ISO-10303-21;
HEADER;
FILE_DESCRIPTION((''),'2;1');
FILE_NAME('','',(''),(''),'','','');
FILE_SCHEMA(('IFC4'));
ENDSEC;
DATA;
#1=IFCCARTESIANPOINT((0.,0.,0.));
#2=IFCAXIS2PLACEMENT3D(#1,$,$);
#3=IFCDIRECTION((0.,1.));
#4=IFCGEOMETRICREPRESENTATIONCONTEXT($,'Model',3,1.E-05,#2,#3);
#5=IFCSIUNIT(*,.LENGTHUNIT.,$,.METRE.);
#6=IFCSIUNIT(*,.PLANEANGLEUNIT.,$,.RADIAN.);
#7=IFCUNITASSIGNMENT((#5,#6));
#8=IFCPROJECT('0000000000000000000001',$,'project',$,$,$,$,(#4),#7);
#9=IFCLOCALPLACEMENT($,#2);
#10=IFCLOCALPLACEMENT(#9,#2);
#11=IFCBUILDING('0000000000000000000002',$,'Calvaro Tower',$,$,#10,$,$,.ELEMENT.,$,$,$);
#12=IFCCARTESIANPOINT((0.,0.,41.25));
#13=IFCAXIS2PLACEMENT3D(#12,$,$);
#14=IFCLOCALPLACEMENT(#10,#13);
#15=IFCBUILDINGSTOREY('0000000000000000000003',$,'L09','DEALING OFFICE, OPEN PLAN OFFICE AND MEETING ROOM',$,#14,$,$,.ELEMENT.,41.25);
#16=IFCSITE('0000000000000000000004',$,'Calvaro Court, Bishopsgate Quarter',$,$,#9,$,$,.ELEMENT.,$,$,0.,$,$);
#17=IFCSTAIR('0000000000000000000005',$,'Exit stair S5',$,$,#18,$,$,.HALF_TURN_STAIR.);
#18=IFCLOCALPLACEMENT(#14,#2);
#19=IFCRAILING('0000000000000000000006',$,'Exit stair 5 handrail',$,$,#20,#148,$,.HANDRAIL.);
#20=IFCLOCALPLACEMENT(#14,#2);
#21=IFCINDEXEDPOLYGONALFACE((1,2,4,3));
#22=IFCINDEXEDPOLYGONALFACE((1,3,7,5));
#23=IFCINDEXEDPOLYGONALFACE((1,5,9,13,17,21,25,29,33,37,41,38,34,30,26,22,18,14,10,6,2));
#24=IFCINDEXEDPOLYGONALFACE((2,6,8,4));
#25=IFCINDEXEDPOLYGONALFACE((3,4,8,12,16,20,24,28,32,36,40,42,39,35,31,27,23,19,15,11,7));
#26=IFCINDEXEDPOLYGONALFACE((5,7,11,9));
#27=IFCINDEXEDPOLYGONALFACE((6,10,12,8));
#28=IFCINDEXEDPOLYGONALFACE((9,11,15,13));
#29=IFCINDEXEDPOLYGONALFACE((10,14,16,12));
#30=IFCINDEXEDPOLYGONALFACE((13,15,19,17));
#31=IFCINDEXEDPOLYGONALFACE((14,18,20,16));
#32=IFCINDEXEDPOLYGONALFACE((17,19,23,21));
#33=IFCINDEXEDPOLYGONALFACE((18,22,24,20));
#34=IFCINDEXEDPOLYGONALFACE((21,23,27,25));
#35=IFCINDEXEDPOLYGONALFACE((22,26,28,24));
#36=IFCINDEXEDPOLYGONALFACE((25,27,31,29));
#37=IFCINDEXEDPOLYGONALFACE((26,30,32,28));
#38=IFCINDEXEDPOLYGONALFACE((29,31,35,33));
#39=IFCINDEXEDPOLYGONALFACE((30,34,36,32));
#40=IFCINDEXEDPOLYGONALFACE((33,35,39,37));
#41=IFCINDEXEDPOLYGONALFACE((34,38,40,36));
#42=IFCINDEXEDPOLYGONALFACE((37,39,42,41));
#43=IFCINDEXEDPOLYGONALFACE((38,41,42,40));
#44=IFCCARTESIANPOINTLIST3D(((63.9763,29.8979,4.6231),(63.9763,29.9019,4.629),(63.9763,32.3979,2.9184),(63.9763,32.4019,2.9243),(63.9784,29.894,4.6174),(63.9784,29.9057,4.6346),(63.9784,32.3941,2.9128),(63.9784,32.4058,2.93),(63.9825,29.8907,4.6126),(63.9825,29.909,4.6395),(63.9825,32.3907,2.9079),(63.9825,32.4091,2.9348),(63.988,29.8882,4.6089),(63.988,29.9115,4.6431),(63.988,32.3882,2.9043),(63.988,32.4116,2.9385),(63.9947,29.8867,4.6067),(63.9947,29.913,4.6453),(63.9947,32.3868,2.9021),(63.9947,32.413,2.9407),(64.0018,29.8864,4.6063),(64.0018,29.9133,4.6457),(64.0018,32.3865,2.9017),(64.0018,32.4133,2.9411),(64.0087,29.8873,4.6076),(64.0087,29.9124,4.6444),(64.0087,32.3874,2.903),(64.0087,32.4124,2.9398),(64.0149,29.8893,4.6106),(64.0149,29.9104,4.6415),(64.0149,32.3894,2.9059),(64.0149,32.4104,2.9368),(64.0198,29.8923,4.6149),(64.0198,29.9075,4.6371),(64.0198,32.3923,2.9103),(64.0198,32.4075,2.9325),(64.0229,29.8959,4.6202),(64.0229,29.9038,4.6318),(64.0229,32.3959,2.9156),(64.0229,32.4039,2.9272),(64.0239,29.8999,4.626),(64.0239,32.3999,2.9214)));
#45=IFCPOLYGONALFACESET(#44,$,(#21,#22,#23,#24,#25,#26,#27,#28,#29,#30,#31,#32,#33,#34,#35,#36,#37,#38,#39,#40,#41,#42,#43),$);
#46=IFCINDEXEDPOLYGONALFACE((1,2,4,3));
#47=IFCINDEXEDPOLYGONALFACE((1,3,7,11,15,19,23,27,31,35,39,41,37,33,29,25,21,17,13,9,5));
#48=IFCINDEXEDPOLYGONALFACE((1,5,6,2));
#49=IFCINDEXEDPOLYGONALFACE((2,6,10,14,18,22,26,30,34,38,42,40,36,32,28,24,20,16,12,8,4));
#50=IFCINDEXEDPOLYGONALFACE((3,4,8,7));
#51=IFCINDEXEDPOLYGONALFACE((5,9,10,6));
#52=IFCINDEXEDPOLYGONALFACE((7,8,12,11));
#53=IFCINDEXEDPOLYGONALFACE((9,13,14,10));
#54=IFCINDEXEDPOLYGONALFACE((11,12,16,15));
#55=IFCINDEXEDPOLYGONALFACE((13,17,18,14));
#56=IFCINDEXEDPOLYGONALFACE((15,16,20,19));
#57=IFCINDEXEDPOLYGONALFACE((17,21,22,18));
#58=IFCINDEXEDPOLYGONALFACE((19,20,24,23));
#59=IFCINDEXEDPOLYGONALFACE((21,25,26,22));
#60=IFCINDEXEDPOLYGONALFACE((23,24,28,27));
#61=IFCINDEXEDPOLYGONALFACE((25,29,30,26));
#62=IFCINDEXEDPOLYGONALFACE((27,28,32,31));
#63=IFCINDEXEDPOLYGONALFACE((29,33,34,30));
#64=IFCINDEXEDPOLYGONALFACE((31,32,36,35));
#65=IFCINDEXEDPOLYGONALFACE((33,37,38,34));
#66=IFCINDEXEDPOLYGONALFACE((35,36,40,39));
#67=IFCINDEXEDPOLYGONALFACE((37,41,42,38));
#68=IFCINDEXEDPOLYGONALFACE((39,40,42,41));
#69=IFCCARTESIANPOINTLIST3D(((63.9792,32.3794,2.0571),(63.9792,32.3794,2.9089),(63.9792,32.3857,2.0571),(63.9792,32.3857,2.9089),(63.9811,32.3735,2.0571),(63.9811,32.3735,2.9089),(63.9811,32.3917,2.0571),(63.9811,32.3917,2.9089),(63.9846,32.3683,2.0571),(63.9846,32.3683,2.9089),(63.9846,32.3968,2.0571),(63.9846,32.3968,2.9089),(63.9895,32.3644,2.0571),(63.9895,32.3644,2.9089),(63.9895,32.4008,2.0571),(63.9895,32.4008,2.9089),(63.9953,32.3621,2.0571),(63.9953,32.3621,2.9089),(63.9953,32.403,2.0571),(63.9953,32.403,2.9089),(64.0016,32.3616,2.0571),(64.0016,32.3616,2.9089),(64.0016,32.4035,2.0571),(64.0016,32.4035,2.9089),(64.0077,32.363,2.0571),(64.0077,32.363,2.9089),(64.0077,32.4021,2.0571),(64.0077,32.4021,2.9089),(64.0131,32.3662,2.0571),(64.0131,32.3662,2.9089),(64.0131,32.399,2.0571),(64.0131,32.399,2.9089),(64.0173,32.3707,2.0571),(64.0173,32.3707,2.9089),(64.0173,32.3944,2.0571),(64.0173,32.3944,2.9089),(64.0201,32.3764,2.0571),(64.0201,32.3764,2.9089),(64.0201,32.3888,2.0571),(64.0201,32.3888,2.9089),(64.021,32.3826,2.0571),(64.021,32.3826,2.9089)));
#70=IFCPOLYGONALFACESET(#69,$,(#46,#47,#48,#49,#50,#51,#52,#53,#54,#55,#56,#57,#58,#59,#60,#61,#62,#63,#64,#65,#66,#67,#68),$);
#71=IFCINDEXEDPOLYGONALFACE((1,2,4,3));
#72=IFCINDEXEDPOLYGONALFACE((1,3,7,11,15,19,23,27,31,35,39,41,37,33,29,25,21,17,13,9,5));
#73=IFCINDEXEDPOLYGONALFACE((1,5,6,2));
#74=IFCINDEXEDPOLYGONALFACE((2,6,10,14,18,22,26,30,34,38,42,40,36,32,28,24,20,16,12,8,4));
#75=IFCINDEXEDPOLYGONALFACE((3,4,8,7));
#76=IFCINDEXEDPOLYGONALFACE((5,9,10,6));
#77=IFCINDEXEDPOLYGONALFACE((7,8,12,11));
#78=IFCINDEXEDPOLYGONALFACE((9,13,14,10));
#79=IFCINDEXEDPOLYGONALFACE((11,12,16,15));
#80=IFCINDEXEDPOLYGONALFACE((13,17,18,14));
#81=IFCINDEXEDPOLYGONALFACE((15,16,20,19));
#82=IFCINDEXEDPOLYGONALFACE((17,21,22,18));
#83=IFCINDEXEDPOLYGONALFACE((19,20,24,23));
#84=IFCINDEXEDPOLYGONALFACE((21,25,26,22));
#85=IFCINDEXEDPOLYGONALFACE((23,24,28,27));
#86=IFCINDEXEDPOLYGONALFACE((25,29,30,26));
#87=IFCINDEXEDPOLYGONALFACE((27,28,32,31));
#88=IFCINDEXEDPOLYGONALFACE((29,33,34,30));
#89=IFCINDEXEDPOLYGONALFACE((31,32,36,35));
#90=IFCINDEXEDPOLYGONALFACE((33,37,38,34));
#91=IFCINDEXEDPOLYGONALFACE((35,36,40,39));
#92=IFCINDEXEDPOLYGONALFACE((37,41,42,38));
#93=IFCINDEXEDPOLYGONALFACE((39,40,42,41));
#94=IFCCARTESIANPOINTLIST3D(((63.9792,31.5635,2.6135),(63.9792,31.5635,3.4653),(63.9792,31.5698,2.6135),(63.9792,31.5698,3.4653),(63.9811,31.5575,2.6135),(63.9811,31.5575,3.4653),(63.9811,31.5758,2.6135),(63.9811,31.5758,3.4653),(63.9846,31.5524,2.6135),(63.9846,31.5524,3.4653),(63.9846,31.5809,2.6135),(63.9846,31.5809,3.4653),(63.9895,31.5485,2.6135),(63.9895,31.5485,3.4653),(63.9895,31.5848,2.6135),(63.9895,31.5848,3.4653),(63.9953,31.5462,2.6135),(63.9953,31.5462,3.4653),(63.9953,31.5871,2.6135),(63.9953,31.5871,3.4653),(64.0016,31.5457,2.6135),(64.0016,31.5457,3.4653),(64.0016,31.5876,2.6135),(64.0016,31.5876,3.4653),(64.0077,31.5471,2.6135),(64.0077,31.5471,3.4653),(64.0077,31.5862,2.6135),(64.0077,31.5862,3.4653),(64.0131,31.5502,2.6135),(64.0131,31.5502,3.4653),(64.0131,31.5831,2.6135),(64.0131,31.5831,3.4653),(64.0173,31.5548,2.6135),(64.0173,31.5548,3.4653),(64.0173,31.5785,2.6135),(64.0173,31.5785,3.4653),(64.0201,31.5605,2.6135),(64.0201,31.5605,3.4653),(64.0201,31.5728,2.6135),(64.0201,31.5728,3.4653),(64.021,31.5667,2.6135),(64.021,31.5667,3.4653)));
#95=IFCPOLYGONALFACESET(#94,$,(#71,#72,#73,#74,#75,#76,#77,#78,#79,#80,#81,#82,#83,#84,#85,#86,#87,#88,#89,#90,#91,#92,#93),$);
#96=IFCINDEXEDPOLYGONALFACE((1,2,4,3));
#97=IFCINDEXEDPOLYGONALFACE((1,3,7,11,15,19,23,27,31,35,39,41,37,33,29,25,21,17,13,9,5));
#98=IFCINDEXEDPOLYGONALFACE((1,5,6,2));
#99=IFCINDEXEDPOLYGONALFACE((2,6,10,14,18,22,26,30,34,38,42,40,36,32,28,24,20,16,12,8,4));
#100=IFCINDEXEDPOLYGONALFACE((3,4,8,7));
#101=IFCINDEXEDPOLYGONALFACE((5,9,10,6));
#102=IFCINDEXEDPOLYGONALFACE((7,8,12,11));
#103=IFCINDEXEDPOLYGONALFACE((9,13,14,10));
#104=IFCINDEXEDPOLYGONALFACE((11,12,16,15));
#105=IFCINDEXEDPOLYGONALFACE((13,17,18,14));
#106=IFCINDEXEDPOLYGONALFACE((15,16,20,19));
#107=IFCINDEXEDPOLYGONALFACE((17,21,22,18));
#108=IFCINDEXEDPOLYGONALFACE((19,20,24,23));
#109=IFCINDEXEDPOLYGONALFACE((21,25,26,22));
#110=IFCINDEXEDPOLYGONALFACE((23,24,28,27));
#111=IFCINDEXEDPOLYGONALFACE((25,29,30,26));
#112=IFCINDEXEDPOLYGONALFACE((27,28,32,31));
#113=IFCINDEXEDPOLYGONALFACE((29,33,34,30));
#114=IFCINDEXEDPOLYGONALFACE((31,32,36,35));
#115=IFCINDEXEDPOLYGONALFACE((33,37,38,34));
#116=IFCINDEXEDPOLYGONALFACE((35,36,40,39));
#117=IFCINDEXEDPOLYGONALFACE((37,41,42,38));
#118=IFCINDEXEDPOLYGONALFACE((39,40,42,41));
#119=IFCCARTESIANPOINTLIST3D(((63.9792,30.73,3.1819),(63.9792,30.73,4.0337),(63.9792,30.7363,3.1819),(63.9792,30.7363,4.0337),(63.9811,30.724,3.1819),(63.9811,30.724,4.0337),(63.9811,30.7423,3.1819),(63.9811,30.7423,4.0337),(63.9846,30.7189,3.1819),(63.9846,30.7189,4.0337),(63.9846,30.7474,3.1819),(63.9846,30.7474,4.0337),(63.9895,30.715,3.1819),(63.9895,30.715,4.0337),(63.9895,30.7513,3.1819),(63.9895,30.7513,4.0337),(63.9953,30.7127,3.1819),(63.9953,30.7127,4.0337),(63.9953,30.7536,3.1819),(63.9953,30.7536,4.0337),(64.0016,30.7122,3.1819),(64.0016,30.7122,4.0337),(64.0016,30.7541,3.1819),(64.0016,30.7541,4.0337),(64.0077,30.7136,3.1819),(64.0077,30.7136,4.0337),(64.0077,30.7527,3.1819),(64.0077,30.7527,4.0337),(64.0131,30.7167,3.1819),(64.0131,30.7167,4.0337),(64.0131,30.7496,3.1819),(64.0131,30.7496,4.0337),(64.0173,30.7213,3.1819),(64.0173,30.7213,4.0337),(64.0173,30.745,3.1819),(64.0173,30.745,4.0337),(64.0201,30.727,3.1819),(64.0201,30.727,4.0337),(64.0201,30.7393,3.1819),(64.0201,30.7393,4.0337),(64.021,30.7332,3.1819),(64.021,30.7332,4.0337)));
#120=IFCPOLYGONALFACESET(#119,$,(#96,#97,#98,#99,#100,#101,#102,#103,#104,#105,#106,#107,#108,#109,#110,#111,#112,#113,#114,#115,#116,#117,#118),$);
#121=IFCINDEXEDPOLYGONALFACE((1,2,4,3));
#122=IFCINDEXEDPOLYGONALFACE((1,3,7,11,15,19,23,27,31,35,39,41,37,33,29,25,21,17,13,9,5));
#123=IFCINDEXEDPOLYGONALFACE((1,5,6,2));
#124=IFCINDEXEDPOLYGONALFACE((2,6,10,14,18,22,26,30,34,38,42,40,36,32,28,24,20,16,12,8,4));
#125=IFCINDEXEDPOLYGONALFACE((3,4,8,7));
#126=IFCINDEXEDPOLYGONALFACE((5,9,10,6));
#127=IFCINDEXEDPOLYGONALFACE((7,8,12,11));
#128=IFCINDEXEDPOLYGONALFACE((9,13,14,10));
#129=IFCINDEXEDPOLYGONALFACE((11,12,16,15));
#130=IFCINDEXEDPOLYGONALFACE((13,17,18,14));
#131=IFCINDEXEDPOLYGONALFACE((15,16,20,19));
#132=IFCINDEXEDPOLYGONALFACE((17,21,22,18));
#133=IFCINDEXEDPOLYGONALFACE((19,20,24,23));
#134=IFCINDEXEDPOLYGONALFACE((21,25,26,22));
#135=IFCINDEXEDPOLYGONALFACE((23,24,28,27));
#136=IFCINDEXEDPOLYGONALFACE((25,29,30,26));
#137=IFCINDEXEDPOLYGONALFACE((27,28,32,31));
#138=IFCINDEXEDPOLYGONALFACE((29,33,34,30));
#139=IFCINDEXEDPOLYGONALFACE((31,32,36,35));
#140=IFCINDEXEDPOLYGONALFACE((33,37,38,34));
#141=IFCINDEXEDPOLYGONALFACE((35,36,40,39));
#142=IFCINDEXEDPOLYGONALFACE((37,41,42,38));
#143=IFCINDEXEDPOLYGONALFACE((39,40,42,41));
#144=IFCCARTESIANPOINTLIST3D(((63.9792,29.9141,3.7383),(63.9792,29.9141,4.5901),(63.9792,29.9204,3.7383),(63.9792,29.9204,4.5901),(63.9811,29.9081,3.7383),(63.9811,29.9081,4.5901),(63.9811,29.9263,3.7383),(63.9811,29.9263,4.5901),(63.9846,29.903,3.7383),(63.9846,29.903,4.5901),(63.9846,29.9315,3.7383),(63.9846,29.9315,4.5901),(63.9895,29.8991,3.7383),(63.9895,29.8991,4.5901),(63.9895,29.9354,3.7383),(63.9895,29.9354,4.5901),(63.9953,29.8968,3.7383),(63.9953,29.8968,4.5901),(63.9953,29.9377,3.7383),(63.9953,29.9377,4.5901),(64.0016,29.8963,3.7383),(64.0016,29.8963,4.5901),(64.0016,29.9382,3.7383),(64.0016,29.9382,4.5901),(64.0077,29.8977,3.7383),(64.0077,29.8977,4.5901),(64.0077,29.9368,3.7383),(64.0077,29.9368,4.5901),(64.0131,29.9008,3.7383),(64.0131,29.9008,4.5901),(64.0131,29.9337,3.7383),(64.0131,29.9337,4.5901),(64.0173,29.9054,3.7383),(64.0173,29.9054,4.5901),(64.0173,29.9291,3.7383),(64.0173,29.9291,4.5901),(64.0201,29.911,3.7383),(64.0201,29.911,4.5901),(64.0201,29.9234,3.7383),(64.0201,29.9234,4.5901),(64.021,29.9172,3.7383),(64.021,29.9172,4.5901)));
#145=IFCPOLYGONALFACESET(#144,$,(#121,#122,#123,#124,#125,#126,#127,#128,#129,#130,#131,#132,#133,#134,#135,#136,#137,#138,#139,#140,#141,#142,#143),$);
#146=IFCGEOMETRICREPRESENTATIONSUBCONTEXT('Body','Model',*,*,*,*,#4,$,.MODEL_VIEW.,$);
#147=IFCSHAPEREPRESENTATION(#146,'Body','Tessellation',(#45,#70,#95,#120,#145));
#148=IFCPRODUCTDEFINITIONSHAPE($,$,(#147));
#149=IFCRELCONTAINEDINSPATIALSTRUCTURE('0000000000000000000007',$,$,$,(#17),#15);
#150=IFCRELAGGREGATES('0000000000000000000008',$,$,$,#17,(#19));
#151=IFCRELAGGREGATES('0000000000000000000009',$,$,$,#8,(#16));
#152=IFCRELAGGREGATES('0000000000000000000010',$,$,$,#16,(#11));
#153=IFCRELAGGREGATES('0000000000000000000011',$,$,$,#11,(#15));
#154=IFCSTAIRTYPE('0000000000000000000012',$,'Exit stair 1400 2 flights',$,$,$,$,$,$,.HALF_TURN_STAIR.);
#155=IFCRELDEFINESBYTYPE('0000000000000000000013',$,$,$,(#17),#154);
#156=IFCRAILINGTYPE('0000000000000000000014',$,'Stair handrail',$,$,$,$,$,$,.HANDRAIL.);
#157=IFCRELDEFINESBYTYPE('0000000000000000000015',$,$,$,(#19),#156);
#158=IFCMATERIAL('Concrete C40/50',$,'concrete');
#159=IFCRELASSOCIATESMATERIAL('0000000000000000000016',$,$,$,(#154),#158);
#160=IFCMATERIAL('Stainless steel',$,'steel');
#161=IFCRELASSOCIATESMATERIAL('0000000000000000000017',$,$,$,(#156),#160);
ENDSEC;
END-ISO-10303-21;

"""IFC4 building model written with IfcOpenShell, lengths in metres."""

from ifc_helpers import new_model, si_unit, direction, frame, origin, origin_2d, place, context, subcontext, project, spatial, circle, extrude, material, type_object, element, aggregate, save


model = new_model("IFC4")

# Units and contexts
model_context = context("Model", 3, precision=1e-05, world=origin(), true_north=direction((0.0, 1.0)))
body_context = subcontext(model_context, "Body", "Model", "MODEL_VIEW")
ifc_project = project(units=[si_unit("LENGTHUNIT", "METRE"), si_unit("PLANEANGLEUNIT", "RADIAN")], contexts=[model_context])

# Site, building, storey
site_placement = place(None, origin())
site = spatial("IfcSite", under=ifc_project, at=site_placement, Name="Calvaro Court, Bishopsgate Quarter", CompositionType="ELEMENT", RefElevation=0.0)
building_placement = place(site_placement, origin())
building = spatial("IfcBuilding", under=site, at=building_placement, Name="Calvaro Tower", CompositionType="ELEMENT")
storey_placement = place(building_placement, frame((0.0, 0.0, 41.25)))
storey = spatial("IfcBuildingStorey", under=building, at=storey_placement, Name="L09", Description="DEALING OFFICE, OPEN PLAN OFFICE AND MEETING ROOM", CompositionType="ELEMENT", Elevation=41.25)

# Stair
ifc_material_1 = material(Name="Concrete C40/50", Category="concrete")
stair_type = type_object("IfcStairType", Name="Exit stair 1400 2 flights", PredefinedType="HALF_TURN_STAIR", material=ifc_material_1)
stair_1_placement = place(storey_placement, origin())
stair_1 = element("IfcStair", 1, at=stair_1_placement, inside=storey, type_object=stair_type, Name="Exit stair S5", PredefinedType="HALF_TURN_STAIR")

# Shared definitions
ifc_material_2 = material(Name="Stainless steel", Category="steel")
railing_type = type_object("IfcRailingType", Name="Stair handrail", PredefinedType="HANDRAIL", material=ifc_material_2)

# Railing
railing_1_placement = place(storey_placement, frame((64.0, 32.3999, 2.0454)))
railing_1 = element("IfcRailing", 2, at=railing_1_placement, type_object=railing_type, Name="Exit stair 5 handrail", PredefinedType="HANDRAIL", context=body_context, shape_type="SweptSolid", body=[
    extrude(circle(Radius=0.0239, at=origin_2d()), frame((0.0, 0.0, 0.876), z_axis=(0.0, -0.826221, 0.563347), x_axis=(1.0, 0.0, 0.0)), (0.0, 0.0, 1.0), 3.0259),
    extrude(circle(Radius=0.021, at=origin_2d()), frame((0.0, -0.0173, 0.0117)), (0.0, 0.0, 1.0), 0.8518),
    extrude(circle(Radius=0.021, at=origin_2d()), frame((0.0, -0.8333, 0.5681)), (0.0, 0.0, 1.0), 0.8518),
    extrude(circle(Radius=0.021, at=origin_2d()), frame((0.0, -1.6667, 1.1365)), (0.0, 0.0, 1.0), 0.8518),
    extrude(circle(Radius=0.021, at=origin_2d()), frame((0.0, -2.4827, 1.6929)), (0.0, 0.0, 1.0), 0.8518),
])
aggregate(stair_1, [railing_1])

save(model, "model.ifc")
